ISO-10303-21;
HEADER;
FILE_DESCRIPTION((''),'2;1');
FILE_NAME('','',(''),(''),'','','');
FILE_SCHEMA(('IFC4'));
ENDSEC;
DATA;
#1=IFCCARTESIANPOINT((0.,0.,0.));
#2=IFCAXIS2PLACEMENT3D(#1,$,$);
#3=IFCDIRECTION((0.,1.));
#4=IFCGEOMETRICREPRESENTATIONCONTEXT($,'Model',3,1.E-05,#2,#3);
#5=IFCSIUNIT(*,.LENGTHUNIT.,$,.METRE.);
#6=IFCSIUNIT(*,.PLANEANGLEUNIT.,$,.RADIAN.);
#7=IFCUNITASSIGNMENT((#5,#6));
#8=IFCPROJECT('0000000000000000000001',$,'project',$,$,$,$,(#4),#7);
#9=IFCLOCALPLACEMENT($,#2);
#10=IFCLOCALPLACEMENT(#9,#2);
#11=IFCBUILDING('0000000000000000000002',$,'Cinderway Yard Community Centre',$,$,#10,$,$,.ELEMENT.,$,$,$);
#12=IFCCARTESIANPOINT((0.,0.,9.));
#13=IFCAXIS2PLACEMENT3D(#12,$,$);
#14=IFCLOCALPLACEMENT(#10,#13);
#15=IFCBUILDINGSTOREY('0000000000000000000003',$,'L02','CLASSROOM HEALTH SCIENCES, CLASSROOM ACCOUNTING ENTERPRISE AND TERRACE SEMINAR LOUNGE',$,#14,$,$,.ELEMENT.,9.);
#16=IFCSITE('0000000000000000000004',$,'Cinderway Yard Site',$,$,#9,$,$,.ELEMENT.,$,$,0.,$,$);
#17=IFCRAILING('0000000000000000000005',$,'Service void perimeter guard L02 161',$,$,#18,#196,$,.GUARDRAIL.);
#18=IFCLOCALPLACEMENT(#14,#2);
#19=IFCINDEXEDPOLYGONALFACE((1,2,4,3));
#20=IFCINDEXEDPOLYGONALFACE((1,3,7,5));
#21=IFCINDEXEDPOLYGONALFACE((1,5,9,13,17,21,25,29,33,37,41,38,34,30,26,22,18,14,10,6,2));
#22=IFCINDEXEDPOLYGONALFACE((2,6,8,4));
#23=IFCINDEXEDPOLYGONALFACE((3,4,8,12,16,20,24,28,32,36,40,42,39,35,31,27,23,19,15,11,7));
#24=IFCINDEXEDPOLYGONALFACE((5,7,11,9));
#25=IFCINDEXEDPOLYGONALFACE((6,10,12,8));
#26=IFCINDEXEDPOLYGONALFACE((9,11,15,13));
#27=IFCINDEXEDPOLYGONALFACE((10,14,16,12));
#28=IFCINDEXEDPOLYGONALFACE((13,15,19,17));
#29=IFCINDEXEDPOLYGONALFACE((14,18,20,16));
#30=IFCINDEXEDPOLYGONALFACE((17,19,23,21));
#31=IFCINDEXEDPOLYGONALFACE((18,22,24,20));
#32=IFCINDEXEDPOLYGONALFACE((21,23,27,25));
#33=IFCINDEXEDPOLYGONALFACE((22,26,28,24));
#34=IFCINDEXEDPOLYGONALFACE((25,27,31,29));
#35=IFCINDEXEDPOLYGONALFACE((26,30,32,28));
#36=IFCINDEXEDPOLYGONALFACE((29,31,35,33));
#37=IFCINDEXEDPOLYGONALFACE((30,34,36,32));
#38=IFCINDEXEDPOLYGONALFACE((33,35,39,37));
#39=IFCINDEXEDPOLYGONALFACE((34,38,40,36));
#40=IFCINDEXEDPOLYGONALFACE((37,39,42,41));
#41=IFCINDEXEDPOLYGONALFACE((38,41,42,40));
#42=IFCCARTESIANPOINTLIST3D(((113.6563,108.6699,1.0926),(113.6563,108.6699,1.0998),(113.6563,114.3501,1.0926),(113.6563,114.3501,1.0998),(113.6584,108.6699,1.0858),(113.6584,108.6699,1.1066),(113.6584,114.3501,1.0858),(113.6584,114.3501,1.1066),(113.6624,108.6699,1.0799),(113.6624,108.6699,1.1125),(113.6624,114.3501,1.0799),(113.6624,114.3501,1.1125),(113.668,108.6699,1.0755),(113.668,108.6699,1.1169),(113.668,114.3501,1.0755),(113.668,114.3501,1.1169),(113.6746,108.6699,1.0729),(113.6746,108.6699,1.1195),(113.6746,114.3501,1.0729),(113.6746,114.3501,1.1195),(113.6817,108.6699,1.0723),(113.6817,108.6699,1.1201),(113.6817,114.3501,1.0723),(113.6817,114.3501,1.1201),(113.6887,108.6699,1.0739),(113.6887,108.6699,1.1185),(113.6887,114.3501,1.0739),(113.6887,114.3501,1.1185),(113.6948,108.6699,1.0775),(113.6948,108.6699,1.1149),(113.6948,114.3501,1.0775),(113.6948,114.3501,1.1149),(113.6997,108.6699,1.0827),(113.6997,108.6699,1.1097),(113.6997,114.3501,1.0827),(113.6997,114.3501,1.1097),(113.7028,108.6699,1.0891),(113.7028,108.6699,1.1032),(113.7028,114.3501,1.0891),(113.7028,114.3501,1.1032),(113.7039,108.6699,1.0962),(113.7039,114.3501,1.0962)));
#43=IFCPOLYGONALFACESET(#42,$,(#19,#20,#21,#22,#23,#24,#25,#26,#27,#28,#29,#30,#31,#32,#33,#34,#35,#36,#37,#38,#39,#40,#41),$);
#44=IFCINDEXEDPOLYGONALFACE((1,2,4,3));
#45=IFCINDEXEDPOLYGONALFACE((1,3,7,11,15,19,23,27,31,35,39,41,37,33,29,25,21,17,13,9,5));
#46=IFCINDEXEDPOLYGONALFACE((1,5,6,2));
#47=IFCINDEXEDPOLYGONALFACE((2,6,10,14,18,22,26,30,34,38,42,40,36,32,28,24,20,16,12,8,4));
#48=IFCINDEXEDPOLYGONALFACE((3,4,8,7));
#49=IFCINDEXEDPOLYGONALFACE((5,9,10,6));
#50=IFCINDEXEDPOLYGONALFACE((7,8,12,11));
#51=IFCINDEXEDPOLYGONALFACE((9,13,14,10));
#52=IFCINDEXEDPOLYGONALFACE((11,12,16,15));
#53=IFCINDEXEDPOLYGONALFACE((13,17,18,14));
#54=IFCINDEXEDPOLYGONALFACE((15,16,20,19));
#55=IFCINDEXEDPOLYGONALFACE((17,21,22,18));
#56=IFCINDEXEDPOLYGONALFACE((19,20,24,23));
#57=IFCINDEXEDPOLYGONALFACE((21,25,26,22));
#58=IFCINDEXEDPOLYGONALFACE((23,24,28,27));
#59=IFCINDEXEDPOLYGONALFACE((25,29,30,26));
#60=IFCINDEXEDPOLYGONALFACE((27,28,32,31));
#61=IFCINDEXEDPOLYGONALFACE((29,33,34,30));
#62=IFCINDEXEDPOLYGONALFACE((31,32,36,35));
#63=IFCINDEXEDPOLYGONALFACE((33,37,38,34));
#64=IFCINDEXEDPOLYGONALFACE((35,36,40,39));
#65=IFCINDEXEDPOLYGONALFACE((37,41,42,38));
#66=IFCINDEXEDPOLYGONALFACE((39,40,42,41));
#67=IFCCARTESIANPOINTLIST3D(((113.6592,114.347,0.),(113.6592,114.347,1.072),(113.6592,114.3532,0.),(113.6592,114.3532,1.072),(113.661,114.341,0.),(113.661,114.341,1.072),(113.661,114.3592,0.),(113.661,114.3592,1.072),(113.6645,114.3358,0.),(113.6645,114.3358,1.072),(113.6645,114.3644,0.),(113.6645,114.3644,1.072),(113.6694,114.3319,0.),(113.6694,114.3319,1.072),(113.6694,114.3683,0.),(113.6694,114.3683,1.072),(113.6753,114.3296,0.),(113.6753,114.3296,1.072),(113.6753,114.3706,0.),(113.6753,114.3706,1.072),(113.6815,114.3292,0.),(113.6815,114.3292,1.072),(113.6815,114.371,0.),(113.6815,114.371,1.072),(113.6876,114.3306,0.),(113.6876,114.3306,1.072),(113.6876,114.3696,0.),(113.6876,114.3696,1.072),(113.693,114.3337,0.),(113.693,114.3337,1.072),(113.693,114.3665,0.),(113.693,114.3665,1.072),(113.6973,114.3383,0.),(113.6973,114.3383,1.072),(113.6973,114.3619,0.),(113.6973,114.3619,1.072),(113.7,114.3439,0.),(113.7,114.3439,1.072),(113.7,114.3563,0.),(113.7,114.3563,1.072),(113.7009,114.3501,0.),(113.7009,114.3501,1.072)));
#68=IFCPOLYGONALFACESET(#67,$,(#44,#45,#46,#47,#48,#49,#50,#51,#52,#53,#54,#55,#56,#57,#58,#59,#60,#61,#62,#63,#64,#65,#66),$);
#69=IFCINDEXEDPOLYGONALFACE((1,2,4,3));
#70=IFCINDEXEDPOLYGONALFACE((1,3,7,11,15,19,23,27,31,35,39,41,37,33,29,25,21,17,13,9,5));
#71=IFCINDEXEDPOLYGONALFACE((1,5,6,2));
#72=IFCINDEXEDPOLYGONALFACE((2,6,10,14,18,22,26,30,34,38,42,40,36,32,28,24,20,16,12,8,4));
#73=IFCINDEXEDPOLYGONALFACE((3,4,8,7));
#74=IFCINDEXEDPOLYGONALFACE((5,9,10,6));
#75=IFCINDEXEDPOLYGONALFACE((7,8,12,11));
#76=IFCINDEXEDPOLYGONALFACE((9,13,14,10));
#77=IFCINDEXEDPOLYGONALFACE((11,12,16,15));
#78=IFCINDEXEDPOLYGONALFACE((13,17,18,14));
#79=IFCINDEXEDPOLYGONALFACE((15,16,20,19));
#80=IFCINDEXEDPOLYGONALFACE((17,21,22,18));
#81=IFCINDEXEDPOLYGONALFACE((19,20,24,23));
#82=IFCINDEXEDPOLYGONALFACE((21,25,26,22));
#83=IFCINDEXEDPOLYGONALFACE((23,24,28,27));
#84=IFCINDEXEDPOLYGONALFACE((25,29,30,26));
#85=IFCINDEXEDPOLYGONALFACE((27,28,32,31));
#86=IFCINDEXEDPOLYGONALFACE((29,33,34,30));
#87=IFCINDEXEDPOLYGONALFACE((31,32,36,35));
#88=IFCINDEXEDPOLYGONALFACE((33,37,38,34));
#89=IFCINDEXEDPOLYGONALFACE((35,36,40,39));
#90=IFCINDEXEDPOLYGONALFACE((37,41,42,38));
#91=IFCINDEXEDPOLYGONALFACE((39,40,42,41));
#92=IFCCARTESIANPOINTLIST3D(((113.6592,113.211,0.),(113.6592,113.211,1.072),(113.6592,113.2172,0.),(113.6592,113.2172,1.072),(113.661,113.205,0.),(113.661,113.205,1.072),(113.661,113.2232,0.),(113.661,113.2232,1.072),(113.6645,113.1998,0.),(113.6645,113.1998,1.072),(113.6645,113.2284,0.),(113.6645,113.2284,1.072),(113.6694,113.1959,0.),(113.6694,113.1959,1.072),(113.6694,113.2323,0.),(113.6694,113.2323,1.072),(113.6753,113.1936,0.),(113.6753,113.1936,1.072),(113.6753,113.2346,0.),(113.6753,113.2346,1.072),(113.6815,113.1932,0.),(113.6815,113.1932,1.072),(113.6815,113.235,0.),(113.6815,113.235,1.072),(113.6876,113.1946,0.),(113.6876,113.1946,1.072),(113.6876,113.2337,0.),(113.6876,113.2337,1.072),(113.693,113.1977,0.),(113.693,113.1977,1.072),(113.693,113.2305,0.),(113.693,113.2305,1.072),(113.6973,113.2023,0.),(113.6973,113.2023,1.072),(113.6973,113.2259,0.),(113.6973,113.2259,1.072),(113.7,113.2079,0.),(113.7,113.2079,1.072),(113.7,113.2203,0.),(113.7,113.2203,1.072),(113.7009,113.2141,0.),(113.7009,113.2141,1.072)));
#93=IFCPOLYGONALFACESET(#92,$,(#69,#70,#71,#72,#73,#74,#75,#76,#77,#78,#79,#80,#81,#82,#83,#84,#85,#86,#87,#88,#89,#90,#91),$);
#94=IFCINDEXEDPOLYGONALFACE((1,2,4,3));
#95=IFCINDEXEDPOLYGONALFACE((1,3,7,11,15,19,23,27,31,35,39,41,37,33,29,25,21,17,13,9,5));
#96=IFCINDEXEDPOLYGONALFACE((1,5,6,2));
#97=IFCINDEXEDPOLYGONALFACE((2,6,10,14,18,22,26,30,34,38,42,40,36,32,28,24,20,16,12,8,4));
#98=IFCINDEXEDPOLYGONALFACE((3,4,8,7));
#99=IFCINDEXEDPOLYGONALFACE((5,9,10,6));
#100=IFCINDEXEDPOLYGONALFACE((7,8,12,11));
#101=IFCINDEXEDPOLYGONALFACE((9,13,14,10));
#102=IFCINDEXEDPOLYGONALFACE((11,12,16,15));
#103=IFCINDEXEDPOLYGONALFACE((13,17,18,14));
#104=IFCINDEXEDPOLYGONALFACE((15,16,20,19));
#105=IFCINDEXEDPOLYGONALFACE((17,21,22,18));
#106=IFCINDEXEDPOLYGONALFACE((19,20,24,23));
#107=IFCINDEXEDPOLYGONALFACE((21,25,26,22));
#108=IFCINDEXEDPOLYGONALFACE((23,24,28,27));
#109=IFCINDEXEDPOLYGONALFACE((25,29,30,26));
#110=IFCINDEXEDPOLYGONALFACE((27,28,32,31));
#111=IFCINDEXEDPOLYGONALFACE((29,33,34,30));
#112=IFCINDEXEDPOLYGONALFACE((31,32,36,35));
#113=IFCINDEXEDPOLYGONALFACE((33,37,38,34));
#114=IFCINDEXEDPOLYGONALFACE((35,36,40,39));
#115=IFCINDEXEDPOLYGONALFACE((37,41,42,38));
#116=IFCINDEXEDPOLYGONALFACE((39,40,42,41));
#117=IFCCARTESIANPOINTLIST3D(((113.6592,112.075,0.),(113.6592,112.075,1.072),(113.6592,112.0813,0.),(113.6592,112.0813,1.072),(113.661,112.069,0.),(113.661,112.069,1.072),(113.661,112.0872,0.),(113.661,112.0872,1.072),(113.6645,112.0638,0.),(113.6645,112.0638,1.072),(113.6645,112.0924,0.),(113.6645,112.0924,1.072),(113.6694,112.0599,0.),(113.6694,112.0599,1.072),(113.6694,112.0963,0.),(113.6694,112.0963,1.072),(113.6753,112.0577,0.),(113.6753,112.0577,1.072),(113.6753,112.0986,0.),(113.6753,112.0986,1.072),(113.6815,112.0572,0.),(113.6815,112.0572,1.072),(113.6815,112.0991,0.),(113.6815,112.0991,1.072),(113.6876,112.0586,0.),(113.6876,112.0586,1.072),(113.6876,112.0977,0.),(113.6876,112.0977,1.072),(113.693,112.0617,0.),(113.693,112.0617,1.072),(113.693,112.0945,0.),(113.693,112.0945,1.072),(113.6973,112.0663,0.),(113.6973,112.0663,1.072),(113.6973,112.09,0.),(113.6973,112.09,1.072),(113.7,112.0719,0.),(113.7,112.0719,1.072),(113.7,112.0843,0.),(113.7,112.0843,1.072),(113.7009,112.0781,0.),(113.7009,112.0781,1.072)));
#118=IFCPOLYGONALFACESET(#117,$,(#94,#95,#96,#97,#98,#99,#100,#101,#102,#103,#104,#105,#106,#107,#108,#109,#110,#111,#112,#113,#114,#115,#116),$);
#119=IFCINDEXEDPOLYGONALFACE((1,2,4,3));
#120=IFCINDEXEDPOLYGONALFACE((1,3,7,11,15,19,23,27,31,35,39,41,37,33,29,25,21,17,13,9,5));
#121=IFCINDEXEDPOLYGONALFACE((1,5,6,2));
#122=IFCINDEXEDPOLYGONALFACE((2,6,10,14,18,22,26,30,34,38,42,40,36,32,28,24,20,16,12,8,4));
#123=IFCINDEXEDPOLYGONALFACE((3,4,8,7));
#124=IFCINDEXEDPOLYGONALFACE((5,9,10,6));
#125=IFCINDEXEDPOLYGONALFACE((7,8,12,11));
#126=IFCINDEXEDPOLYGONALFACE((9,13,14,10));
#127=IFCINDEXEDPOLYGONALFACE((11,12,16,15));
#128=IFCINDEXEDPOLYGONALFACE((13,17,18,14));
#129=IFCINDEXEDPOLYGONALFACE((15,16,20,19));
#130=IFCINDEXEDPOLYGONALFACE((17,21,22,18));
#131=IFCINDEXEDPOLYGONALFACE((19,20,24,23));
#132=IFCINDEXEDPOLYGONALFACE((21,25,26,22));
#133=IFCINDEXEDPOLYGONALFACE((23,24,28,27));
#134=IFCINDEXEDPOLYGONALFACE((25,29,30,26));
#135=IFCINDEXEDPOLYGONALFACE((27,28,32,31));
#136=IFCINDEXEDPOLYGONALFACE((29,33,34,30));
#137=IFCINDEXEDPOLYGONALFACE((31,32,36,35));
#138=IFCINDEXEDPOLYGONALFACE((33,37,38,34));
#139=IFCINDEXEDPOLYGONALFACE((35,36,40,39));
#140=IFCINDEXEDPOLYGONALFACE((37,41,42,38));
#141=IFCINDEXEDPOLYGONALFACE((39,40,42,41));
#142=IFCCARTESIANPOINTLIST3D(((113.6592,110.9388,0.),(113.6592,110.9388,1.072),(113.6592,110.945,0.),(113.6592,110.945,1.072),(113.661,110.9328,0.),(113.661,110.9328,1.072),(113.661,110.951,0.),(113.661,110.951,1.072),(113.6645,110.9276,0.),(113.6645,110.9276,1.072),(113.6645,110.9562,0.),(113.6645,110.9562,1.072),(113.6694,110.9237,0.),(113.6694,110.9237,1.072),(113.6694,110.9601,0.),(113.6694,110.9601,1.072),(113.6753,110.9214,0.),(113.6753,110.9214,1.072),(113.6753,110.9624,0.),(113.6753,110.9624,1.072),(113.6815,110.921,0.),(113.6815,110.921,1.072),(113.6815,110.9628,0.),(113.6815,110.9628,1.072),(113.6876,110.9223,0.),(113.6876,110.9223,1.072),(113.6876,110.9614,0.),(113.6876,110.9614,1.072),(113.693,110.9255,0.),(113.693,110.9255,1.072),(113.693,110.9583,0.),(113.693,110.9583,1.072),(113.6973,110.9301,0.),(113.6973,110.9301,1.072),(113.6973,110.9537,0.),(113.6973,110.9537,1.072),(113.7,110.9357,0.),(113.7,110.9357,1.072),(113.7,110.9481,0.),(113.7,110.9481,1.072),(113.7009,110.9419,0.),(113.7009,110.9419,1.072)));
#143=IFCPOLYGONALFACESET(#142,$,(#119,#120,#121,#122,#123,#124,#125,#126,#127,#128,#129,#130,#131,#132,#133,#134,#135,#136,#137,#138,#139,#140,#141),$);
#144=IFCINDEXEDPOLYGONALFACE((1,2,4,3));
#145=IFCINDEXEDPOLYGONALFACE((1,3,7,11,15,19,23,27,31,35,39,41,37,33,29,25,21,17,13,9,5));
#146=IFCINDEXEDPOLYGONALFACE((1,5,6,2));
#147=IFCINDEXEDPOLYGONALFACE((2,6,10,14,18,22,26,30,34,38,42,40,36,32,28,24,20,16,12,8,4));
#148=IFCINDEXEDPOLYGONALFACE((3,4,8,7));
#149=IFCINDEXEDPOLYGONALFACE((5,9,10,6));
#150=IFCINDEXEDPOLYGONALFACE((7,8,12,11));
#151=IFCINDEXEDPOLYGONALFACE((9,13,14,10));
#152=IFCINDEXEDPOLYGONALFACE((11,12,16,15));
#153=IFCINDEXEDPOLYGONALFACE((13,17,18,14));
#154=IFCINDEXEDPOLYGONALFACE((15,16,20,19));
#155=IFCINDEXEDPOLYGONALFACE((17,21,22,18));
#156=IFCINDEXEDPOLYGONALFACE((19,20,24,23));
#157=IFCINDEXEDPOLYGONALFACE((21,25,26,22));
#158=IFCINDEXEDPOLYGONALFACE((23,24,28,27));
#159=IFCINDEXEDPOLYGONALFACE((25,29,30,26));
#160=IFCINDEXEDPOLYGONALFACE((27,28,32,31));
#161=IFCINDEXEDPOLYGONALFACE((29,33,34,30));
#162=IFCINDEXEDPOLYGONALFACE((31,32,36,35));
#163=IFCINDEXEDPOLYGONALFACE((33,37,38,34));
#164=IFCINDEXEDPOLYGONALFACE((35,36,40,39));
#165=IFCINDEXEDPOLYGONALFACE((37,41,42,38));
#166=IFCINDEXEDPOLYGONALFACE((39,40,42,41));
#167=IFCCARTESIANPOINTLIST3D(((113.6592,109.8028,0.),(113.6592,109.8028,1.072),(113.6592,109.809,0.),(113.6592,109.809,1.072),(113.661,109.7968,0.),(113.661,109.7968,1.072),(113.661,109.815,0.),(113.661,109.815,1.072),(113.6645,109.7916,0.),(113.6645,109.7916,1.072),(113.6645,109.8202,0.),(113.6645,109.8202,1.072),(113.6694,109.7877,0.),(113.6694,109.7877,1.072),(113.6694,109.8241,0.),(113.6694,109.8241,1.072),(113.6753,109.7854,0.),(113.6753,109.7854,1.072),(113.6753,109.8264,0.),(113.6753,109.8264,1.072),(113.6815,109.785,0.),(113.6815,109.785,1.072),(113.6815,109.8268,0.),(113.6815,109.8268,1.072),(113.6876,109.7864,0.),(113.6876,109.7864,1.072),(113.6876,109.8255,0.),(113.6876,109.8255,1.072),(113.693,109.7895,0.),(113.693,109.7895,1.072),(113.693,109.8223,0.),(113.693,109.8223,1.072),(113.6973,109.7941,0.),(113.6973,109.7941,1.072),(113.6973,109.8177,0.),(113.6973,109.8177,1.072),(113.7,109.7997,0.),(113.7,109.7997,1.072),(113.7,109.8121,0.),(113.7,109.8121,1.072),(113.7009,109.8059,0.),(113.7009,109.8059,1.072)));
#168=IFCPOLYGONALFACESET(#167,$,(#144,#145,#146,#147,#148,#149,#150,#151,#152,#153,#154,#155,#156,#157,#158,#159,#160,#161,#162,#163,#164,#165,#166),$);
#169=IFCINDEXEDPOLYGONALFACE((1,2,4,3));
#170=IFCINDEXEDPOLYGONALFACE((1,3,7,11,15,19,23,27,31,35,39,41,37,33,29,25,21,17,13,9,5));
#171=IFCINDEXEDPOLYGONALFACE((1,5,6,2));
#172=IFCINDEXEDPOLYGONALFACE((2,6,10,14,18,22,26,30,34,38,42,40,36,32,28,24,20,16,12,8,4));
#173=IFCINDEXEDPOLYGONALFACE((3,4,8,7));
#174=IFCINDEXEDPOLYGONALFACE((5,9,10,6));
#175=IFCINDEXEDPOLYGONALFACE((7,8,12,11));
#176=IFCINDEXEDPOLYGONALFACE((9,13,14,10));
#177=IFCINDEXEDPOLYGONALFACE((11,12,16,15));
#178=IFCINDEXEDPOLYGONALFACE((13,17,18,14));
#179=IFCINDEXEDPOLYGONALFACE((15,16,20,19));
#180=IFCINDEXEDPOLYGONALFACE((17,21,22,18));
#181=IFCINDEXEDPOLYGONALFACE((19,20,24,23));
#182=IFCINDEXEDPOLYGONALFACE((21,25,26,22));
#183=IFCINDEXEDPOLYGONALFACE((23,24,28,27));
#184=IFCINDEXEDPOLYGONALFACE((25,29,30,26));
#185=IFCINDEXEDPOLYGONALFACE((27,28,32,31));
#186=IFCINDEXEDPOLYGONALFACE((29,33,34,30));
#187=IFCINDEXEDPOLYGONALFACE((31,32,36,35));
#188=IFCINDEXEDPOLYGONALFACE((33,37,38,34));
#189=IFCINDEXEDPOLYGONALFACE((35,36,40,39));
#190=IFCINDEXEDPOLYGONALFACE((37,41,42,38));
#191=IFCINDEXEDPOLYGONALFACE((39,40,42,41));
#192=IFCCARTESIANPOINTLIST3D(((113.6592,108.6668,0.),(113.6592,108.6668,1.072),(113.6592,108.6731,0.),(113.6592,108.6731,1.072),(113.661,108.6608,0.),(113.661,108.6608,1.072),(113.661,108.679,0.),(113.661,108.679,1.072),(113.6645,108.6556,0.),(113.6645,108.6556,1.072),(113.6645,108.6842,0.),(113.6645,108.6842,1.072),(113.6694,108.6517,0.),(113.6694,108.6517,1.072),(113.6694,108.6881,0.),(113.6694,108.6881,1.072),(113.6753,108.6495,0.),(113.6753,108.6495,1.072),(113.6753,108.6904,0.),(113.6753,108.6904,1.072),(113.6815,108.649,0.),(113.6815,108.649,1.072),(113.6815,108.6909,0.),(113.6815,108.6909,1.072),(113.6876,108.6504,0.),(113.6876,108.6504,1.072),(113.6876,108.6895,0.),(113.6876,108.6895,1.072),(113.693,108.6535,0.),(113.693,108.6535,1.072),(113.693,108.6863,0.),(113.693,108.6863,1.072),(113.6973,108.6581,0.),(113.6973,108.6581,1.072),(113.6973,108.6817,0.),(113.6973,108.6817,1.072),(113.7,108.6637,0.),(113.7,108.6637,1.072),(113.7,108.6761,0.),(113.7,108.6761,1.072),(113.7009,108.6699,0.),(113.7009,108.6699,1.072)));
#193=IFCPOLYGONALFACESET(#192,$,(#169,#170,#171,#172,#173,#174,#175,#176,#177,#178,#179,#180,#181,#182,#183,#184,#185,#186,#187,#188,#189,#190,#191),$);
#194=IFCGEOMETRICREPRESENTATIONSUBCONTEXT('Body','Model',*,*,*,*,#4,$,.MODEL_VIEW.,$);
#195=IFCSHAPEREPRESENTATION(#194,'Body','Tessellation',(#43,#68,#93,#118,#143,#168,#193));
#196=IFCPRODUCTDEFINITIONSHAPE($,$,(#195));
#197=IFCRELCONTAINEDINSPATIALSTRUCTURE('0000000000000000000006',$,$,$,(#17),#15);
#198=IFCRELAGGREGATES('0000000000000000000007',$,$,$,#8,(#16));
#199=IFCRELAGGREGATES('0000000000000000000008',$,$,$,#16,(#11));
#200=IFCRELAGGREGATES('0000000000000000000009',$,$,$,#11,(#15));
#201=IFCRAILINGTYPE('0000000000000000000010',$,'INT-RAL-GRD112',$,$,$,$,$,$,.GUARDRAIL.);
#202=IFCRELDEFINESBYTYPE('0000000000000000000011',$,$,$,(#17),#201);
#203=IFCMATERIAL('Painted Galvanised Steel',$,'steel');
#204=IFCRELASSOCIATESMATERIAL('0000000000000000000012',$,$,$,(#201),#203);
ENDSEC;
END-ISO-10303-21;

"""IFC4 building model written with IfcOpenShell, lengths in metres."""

from ifc_helpers import new_model, si_unit, direction, frame, origin, origin_2d, place, context, subcontext, project, spatial, circle, extrude, material, type_object, element, save


model = new_model("IFC4")

# Units and contexts
model_context = context("Model", 3, precision=1e-05, world=origin(), true_north=direction((0.0, 1.0)))
body_context = subcontext(model_context, "Body", "Model", "MODEL_VIEW")
ifc_project = project(units=[si_unit("LENGTHUNIT", "METRE"), si_unit("PLANEANGLEUNIT", "RADIAN")], contexts=[model_context])

# Site, building, storey
site_placement = place(None, origin())
site = spatial("IfcSite", under=ifc_project, at=site_placement, Name="Cinderway Yard Site", CompositionType="ELEMENT", RefElevation=0.0)
building_placement = place(site_placement, origin())
building = spatial("IfcBuilding", under=site, at=building_placement, Name="Cinderway Yard Community Centre", CompositionType="ELEMENT")
storey_placement = place(building_placement, frame((0.0, 0.0, 9.0)))
storey = spatial("IfcBuildingStorey", under=building, at=storey_placement, Name="L02", Description="CLASSROOM HEALTH SCIENCES, CLASSROOM ACCOUNTING ENTERPRISE AND TERRACE SEMINAR LOUNGE", CompositionType="ELEMENT", Elevation=9.0)

# Railing
ifc_material_1 = material(Name="Painted Galvanised Steel", Category="steel")
railing_type_1 = type_object("IfcRailingType", Name="INT-RAL-GRD112", PredefinedType="GUARDRAIL", material=ifc_material_1)
railing_1_placement = place(storey_placement, frame((113.6799, 114.3501, 0.0)))
element("IfcRailing", 1, at=railing_1_placement, inside=storey, type_object=railing_type_1, Name="Service void perimeter guard L02 161", PredefinedType="GUARDRAIL", context=body_context, shape_type="SweptSolid", body=[
    extrude(circle(Radius=0.0239, at=origin_2d()), frame((0.0, 0.0, 1.0962), z_axis=(0.0, -1.0, 0.0), x_axis=(1.0, 0.0, 0.0)), (0.0, 0.0, 1.0), 5.6802),
    extrude(circle(Radius=0.021, at=origin_2d()), origin(), (0.0, 0.0, 1.0), 1.072),
    extrude(circle(Radius=0.021, at=origin_2d()), frame((0.0, -1.136, 0.0)), (0.0, 0.0, 1.0), 1.072),
    extrude(circle(Radius=0.021, at=origin_2d()), frame((0.0, -2.272, 0.0)), (0.0, 0.0, 1.0), 1.072),
    extrude(circle(Radius=0.021, at=origin_2d()), frame((0.0, -3.4082, 0.0)), (0.0, 0.0, 1.0), 1.072),
    extrude(circle(Radius=0.021, at=origin_2d()), frame((0.0, -4.5442, 0.0)), (0.0, 0.0, 1.0), 1.072),
    extrude(circle(Radius=0.021, at=origin_2d()), frame((0.0, -5.6802, 0.0)), (0.0, 0.0, 1.0), 1.072),
])

save(model, "model.ifc")
